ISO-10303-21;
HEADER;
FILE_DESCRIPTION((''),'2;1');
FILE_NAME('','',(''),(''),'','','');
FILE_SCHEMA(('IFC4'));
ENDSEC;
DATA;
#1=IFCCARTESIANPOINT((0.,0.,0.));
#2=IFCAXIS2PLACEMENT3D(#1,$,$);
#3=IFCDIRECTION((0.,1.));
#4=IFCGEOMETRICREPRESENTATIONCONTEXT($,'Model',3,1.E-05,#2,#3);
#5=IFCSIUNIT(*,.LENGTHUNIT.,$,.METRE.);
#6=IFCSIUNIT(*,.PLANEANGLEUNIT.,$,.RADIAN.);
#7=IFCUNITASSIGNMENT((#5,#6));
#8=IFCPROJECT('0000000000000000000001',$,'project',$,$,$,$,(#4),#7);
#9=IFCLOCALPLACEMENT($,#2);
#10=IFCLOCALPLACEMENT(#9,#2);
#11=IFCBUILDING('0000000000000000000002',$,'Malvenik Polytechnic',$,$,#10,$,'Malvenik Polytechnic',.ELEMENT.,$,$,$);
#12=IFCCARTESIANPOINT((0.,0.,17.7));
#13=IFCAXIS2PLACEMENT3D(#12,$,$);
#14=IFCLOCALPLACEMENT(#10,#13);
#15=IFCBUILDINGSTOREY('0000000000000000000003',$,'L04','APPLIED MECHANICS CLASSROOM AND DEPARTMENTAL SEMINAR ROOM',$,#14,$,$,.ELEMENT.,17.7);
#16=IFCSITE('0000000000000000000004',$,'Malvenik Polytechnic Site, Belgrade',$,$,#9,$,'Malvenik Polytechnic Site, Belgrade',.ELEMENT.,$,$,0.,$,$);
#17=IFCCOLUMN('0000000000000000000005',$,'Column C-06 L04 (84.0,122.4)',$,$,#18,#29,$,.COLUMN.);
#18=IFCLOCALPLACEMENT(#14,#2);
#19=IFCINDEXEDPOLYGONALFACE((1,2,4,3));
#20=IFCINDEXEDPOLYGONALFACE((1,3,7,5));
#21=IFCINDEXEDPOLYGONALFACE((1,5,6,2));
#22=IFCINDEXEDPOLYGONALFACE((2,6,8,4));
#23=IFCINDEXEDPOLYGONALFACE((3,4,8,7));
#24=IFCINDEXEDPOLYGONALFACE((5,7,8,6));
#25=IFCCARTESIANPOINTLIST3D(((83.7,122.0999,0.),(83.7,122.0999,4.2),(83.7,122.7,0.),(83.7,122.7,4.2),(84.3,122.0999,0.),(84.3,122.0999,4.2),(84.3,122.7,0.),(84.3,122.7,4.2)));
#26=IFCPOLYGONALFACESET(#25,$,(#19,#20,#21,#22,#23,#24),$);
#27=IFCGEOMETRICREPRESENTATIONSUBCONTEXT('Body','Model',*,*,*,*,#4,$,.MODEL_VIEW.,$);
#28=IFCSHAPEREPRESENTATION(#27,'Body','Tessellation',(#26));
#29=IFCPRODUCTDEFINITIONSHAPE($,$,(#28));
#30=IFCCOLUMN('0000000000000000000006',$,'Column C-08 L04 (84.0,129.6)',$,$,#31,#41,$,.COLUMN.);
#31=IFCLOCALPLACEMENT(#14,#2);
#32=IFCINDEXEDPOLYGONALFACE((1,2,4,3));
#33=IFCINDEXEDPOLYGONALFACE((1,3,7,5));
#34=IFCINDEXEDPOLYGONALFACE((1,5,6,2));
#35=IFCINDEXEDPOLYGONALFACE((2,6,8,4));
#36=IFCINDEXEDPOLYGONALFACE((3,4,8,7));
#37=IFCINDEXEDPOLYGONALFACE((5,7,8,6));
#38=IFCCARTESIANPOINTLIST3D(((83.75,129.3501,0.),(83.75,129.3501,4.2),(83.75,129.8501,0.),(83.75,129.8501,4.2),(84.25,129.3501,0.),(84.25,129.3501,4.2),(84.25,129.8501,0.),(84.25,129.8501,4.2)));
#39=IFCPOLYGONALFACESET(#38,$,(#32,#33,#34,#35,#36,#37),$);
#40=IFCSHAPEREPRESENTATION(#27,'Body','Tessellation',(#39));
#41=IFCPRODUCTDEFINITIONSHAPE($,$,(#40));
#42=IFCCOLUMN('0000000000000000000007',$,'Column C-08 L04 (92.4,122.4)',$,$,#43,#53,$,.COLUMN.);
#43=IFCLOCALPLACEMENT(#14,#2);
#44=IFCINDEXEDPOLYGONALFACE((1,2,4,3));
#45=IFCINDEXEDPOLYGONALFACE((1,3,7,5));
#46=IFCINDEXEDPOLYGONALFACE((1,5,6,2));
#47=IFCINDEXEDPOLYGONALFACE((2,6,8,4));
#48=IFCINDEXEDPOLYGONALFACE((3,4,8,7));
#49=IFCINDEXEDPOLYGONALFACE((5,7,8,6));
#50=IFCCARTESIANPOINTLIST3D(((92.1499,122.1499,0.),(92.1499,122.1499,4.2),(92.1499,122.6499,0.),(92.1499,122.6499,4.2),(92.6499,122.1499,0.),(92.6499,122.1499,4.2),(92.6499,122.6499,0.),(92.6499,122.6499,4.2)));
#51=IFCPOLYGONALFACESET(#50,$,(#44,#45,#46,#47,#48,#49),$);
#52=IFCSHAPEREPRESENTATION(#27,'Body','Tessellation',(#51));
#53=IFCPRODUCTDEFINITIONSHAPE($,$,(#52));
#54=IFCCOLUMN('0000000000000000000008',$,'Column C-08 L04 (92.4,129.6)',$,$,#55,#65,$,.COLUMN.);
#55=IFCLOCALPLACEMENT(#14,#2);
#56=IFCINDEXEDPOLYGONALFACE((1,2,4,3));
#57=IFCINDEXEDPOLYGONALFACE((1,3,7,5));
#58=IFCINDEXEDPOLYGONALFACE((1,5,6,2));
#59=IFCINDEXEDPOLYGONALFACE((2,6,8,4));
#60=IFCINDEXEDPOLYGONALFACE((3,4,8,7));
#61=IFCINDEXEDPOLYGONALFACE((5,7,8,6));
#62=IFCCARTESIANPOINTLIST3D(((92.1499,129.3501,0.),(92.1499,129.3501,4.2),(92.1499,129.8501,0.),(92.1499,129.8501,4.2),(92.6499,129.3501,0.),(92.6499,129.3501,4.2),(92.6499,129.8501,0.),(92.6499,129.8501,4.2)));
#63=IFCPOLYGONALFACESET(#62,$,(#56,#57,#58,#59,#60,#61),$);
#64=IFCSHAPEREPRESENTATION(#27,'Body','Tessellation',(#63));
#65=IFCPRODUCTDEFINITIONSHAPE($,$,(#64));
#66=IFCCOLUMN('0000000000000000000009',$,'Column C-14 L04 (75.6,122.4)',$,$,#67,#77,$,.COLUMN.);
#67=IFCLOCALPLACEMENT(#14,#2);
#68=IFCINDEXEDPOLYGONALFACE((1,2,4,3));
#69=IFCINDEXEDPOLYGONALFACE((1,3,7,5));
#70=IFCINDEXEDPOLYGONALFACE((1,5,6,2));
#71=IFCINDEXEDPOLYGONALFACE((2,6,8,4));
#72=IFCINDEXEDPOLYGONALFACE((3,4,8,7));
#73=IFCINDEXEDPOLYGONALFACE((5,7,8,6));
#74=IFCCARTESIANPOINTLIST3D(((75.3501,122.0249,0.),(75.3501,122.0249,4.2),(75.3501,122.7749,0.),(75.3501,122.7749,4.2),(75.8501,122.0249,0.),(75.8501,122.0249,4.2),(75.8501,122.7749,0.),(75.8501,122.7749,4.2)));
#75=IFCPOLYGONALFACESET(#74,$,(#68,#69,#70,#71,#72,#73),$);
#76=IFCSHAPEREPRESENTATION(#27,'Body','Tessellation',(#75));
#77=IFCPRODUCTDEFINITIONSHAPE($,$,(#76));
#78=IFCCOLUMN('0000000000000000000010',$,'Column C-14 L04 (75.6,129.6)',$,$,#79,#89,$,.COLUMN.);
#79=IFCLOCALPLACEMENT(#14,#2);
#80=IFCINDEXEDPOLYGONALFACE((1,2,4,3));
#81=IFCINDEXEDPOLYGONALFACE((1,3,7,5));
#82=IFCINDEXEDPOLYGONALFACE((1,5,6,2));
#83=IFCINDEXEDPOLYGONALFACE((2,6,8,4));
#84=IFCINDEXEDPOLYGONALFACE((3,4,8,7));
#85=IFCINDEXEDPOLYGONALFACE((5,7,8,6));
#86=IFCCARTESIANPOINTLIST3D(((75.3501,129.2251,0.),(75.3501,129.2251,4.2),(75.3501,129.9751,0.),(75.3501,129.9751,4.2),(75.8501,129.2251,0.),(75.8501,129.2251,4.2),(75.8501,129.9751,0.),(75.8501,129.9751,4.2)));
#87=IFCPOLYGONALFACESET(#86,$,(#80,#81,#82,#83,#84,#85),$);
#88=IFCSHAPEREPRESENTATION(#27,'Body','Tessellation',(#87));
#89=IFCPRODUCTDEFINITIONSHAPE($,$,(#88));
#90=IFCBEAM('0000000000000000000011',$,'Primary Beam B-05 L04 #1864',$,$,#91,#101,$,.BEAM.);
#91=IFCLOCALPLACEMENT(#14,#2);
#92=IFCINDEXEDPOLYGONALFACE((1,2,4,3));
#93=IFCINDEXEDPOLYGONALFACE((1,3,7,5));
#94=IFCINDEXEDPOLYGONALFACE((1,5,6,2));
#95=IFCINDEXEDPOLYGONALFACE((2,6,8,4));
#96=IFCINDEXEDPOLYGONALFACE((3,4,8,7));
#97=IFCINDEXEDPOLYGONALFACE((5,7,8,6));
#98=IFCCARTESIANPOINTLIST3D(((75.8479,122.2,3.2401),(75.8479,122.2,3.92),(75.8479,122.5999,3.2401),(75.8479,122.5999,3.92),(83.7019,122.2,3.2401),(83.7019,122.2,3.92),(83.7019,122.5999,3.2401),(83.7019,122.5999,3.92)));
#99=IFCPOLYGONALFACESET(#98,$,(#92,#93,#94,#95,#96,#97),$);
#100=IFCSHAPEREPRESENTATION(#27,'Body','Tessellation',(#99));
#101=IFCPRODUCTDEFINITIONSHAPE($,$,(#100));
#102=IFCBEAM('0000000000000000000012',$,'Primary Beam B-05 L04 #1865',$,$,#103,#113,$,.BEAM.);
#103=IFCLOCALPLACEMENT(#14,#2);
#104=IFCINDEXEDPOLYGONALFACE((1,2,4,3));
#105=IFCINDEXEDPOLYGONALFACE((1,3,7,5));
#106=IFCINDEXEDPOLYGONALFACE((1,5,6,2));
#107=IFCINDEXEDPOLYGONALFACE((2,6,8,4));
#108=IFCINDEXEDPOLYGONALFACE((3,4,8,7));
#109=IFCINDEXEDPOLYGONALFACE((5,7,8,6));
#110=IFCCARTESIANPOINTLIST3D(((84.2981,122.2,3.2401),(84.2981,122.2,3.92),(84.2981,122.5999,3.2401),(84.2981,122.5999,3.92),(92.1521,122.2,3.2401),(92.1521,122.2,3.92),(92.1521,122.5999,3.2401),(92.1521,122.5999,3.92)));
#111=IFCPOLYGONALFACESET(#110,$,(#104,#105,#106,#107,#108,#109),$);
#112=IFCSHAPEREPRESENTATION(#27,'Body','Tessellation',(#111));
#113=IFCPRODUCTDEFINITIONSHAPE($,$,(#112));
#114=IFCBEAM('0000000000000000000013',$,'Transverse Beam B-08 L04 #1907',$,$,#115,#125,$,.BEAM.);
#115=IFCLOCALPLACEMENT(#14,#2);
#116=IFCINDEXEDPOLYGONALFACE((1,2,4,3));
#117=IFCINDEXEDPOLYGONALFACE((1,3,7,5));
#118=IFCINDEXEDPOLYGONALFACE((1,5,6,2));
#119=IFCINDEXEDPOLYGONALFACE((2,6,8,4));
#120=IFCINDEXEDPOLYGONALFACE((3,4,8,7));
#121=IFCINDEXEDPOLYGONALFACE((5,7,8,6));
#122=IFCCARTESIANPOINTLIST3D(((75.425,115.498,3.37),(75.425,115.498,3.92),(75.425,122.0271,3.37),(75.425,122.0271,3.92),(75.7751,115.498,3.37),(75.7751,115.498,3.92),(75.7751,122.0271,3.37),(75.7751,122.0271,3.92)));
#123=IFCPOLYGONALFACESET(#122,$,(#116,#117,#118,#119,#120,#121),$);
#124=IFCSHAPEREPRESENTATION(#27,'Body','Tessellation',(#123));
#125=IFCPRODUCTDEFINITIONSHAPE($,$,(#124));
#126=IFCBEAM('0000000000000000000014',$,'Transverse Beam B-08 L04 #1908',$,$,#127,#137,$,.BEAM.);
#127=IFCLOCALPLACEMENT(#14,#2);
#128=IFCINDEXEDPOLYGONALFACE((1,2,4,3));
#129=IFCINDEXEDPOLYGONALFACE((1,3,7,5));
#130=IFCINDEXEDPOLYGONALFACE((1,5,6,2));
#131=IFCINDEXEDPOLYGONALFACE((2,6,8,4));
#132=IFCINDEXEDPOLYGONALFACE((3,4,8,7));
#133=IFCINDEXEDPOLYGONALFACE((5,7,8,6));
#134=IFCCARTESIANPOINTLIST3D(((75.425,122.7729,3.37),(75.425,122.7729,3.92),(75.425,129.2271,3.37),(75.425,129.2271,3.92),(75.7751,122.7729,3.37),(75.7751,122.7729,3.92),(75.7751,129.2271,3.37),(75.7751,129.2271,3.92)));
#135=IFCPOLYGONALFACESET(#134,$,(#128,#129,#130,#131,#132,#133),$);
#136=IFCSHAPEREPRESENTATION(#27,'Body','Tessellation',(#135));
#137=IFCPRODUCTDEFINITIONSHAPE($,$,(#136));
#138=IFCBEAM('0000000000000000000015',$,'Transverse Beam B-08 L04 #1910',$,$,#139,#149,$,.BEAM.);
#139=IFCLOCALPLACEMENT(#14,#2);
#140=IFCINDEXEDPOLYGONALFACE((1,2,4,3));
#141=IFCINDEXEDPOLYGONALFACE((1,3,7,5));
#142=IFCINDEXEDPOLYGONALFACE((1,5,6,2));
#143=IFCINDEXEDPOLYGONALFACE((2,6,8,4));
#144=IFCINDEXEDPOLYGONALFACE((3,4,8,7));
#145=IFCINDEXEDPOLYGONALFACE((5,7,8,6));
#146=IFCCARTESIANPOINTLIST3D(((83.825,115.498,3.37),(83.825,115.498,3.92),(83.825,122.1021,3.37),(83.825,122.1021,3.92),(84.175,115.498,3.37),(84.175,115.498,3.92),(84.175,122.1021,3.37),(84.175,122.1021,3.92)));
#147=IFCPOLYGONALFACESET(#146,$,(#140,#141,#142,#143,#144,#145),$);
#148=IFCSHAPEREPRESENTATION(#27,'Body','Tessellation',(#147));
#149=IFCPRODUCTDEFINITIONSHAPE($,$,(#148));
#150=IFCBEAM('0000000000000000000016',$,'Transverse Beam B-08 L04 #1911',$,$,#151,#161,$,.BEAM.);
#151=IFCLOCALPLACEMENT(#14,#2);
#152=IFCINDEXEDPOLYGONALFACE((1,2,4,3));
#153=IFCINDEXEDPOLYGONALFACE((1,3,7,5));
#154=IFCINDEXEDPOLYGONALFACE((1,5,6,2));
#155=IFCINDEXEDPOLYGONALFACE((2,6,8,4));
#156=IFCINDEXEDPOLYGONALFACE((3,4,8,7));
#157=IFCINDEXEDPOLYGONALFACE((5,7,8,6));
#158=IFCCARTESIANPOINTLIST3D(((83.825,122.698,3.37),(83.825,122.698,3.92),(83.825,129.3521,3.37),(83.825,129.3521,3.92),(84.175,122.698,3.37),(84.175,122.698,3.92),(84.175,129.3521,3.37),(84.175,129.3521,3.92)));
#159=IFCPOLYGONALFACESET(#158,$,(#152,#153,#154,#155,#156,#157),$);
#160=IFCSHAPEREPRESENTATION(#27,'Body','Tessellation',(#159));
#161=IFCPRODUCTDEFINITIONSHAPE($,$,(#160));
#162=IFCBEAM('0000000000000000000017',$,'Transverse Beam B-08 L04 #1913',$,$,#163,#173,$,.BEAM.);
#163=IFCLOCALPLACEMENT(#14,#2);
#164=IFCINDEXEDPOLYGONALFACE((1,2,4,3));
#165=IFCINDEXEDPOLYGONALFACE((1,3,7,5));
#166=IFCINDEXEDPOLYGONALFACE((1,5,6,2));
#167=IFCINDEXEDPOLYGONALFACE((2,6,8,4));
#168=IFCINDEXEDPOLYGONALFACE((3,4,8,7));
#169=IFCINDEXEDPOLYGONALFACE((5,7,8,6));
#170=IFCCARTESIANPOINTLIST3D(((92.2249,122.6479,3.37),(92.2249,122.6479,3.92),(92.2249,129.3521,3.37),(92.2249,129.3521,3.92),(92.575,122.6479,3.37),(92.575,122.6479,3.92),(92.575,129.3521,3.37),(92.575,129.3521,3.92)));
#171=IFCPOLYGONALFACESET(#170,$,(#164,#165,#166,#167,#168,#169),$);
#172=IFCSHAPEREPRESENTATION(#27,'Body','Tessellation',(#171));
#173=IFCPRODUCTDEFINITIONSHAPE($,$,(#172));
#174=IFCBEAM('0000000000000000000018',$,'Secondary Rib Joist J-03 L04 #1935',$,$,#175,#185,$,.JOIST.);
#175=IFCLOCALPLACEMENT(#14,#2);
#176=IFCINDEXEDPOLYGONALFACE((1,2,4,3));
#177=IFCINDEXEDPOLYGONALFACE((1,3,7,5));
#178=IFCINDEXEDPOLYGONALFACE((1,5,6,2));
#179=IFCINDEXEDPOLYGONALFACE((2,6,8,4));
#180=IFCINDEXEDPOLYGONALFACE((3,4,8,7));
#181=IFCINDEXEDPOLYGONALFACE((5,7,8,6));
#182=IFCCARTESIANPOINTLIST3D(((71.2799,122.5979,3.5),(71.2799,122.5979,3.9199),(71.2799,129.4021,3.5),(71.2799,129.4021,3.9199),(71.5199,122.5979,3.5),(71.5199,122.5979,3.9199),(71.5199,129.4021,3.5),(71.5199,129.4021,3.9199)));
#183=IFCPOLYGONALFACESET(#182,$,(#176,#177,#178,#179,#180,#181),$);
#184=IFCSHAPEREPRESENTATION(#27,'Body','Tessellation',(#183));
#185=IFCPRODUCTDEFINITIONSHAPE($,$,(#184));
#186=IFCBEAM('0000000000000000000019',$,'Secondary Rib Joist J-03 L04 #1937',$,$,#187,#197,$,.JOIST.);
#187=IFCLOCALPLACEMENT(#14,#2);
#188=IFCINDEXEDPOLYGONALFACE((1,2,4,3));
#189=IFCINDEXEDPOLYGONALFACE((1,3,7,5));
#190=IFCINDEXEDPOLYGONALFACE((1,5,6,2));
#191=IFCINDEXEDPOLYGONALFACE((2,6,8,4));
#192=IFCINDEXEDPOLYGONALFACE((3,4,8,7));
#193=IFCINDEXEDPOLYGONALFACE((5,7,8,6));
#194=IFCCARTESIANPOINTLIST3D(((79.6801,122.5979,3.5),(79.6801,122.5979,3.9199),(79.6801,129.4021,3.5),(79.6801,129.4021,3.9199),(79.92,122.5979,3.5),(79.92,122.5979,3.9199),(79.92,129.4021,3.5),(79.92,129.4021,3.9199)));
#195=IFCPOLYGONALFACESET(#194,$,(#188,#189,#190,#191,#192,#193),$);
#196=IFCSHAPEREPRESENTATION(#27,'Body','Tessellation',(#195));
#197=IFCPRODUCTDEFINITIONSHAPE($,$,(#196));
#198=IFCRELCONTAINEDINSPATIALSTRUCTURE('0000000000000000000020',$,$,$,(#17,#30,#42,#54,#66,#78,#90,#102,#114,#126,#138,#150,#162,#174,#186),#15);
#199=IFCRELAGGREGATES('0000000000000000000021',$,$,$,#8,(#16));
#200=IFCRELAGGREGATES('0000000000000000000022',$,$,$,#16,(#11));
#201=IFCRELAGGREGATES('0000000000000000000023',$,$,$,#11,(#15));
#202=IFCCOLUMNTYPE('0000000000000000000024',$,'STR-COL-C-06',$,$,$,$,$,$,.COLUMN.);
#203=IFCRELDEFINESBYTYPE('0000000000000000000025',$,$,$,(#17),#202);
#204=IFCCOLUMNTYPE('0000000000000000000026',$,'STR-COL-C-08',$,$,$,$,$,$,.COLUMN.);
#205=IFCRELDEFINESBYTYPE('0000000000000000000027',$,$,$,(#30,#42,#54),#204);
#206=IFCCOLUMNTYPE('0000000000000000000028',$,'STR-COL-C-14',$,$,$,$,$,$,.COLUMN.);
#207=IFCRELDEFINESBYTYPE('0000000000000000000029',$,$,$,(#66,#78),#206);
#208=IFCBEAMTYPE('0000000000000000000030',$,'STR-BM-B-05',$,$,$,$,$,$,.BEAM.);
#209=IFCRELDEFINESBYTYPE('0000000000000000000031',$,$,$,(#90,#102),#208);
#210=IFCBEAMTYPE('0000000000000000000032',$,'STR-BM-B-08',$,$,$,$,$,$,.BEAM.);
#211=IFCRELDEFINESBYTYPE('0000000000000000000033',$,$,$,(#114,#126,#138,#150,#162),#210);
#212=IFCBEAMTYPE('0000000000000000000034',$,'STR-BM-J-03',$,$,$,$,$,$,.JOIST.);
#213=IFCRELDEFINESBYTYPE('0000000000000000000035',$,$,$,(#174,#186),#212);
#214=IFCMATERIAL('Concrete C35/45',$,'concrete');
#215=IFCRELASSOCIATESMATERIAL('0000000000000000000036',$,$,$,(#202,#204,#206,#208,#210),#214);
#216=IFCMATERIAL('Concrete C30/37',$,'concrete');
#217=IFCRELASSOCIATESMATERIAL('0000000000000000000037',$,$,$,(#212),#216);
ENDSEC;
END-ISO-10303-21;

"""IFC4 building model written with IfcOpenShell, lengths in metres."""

from ifc_helpers import new_model, si_unit, direction, frame, origin, origin_2d, place, context, subcontext, project, spatial, rectangle, extrude, material, material_profile, profile_set, type_object, element, save


model = new_model("IFC4")

# Units and contexts
model_context = context("Model", 3, precision=1e-05, world=origin(), true_north=direction((0.0, 1.0)))
body_context = subcontext(model_context, "Body", "Model", "MODEL_VIEW")
ifc_project = project(units=[si_unit("LENGTHUNIT", "METRE"), si_unit("PLANEANGLEUNIT", "RADIAN")], contexts=[model_context])

# Site, building, storey
site_placement = place(None, origin())
site = spatial("IfcSite", under=ifc_project, at=site_placement, Name="Malvenik Polytechnic Site, Belgrade", LongName="Malvenik Polytechnic Site, Belgrade", CompositionType="ELEMENT", RefElevation=0.0)
building_placement = place(site_placement, origin())
building = spatial("IfcBuilding", under=site, at=building_placement, Name="Malvenik Polytechnic", LongName="Malvenik Polytechnic", CompositionType="ELEMENT")
storey_placement = place(building_placement, frame((0.0, 0.0, 17.7)))
storey = spatial("IfcBuildingStorey", under=building, at=storey_placement, Name="L04", Description="APPLIED MECHANICS CLASSROOM AND DEPARTMENTAL SEMINAR ROOM", CompositionType="ELEMENT", Elevation=17.7)

# Columns
ifc_material_1 = material(Name="Concrete C35/45", Category="concrete")
ifc_material_profile_1 = material_profile(ifc_material_1, rectangle(XDim=0.6001, YDim=0.6001, at=origin_2d()), Name="RC COL 600x600")
ifc_profile_set_1 = profile_set([ifc_material_profile_1], Name="Concrete C35/45")
column_type_1 = type_object("IfcColumnType", Name="STR-COL-C-06", PredefinedType="COLUMN", material=ifc_profile_set_1)
column_placement = place(storey_placement, frame((84.0, 122.3999, 0.0), z_axis=(0.0, 0.0, 1.0), x_axis=(1.0, 0.0, 0.0)))
element("IfcColumn", 1, at=column_placement, inside=storey, type_object=column_type_1, Name="Column C-06 L04 (84.0,122.4)", PredefinedType="COLUMN", context=body_context, shape_type="SweptSolid", body=[
    extrude(rectangle(XDim=0.6001, YDim=0.6001, at=origin_2d()), origin(), (0.0, 0.0, 1.0), 4.2),
])
ifc_material_profile_2 = material_profile(ifc_material_1, rectangle(XDim=0.5, YDim=0.5, at=origin_2d()), Name="RC COL 500x500")
ifc_profile_set_2 = profile_set([ifc_material_profile_2], Name="Concrete C35/45")
column_type_2 = type_object("IfcColumnType", Name="STR-COL-C-08", PredefinedType="COLUMN", material=ifc_profile_set_2)
for number, where, z_axis, x_axis, name in (
    (2, (84.0, 129.6001, 0.0), (0.0, 0.0, 1.0), (1.0, 0.0, 0.0), "Column C-08 L04 (84.0,129.6)"),
    (3, (92.3999, 122.3999, 0.0), (0.0, 0.0, 1.0), (1.0, 0.0, 0.0), "Column C-08 L04 (92.4,122.4)"),
    (4, (92.3999, 129.6001, 0.0), (0.0, 0.0, 1.0), (1.0, 0.0, 0.0), "Column C-08 L04 (92.4,129.6)"),
):
    element("IfcColumn", number, at=place(storey_placement, frame(where, z_axis=z_axis, x_axis=x_axis)), inside=storey, type_object=column_type_2, Name=name, PredefinedType="COLUMN", context=body_context, shape_type="SweptSolid", body=[
        extrude(rectangle(XDim=0.5, YDim=0.5, at=origin_2d()), origin(), (0.0, 0.0, 1.0), 4.2),
    ])
ifc_material_profile_3 = material_profile(ifc_material_1, rectangle(XDim=0.5, YDim=0.75, at=origin_2d()), Name="RC COL 750x500")
ifc_profile_set_3 = profile_set([ifc_material_profile_3], Name="Concrete C35/45")
column_type_3 = type_object("IfcColumnType", Name="STR-COL-C-14", PredefinedType="COLUMN", material=ifc_profile_set_3)
for number, where, z_axis, x_axis, name in (
    (5, (75.6001, 122.3999, 0.0), (0.0, 0.0, 1.0), (1.0, 0.0, 0.0), "Column C-14 L04 (75.6,122.4)"),
    (6, (75.6001, 129.6001, 0.0), (0.0, 0.0, 1.0), (1.0, 0.0, 0.0), "Column C-14 L04 (75.6,129.6)"),
):
    element("IfcColumn", number, at=place(storey_placement, frame(where, z_axis=z_axis, x_axis=x_axis)), inside=storey, type_object=column_type_3, Name=name, PredefinedType="COLUMN", context=body_context, shape_type="SweptSolid", body=[
        extrude(rectangle(XDim=0.5, YDim=0.75, at=origin_2d()), origin(), (0.0, 0.0, 1.0), 4.2),
    ])

# Beams
ifc_material_profile_4 = material_profile(ifc_material_1, rectangle(XDim=0.3999, YDim=0.6799, at=origin_2d()), Name="RC BM 400x680")
ifc_profile_set_4 = profile_set([ifc_material_profile_4], Name="Concrete C35/45")
beam_type_1 = type_object("IfcBeamType", Name="STR-BM-B-05", PredefinedType="BEAM", material=ifc_profile_set_4)
for number, where, z_axis, x_axis, name in (
    (7, (75.8479, 122.3999, 3.5801), (1.0, 0.0, 0.0), (0.0, 1.0, 0.0), "Primary Beam B-05 L04 #1864"),
    (8, (84.2981, 122.3999, 3.5801), (1.0, 0.0, 0.0), (0.0, 1.0, 0.0), "Primary Beam B-05 L04 #1865"),
):
    element("IfcBeam", number, at=place(storey_placement, frame(where, z_axis=z_axis, x_axis=x_axis)), inside=storey, type_object=beam_type_1, Name=name, PredefinedType="BEAM", context=body_context, shape_type="SweptSolid", body=[
        extrude(rectangle(XDim=0.3999, YDim=0.6799, at=origin_2d()), origin(), (0.0, 0.0, 1.0), 7.854),
    ])
ifc_material_profile_5 = material_profile(ifc_material_1, rectangle(XDim=0.3501, YDim=0.55, at=origin_2d()), Name="RC BM 350x550")
ifc_profile_set_5 = profile_set([ifc_material_profile_5], Name="Concrete C35/45")
beam_type_2 = type_object("IfcBeamType", Name="STR-BM-B-08", PredefinedType="BEAM", material=ifc_profile_set_5)
beam_1_placement = place(storey_placement, frame((75.6001, 115.498, 3.645), z_axis=(0.0, 1.0, 0.0), x_axis=(-1.0, 0.0, 0.0)))
element("IfcBeam", 9, at=beam_1_placement, inside=storey, type_object=beam_type_2, Name="Transverse Beam B-08 L04 #1907", PredefinedType="BEAM", context=body_context, shape_type="SweptSolid", body=[
    extrude(rectangle(XDim=0.3501, YDim=0.55, at=origin_2d()), origin(), (0.0, 0.0, 1.0), 6.5291),
])
beam_2_placement = place(storey_placement, frame((75.6001, 122.7729, 3.645), z_axis=(0.0, 1.0, 0.0), x_axis=(-1.0, 0.0, 0.0)))
element("IfcBeam", 10, at=beam_2_placement, inside=storey, type_object=beam_type_2, Name="Transverse Beam B-08 L04 #1908", PredefinedType="BEAM", context=body_context, shape_type="SweptSolid", body=[
    extrude(rectangle(XDim=0.3501, YDim=0.55, at=origin_2d()), origin(), (0.0, 0.0, 1.0), 6.4541),
])
beam_3_placement = place(storey_placement, frame((84.0, 115.498, 3.645), z_axis=(0.0, 1.0, 0.0), x_axis=(-1.0, 0.0, 0.0)))
element("IfcBeam", 11, at=beam_3_placement, inside=storey, type_object=beam_type_2, Name="Transverse Beam B-08 L04 #1910", PredefinedType="BEAM", context=body_context, shape_type="SweptSolid", body=[
    extrude(rectangle(XDim=0.3501, YDim=0.55, at=origin_2d()), origin(), (0.0, 0.0, 1.0), 6.604),
])
beam_4_placement = place(storey_placement, frame((84.0, 122.698, 3.645), z_axis=(0.0, 1.0, 0.0), x_axis=(-1.0, 0.0, 0.0)))
element("IfcBeam", 12, at=beam_4_placement, inside=storey, type_object=beam_type_2, Name="Transverse Beam B-08 L04 #1911", PredefinedType="BEAM", context=body_context, shape_type="SweptSolid", body=[
    extrude(rectangle(XDim=0.3501, YDim=0.55, at=origin_2d()), origin(), (0.0, 0.0, 1.0), 6.6541),
])
beam_5_placement = place(storey_placement, frame((92.3999, 122.6479, 3.645), z_axis=(0.0, 1.0, 0.0), x_axis=(-1.0, 0.0, 0.0)))
element("IfcBeam", 13, at=beam_5_placement, inside=storey, type_object=beam_type_2, Name="Transverse Beam B-08 L04 #1913", PredefinedType="BEAM", context=body_context, shape_type="SweptSolid", body=[
    extrude(rectangle(XDim=0.3501, YDim=0.55, at=origin_2d()), origin(), (0.0, 0.0, 1.0), 6.7041),
])
ifc_material_2 = material(Name="Concrete C30/37", Category="concrete")
ifc_material_profile_6 = material_profile(ifc_material_2, rectangle(XDim=0.24, YDim=0.4199, at=origin_2d()), Name="RC JST 240x420")
ifc_profile_set_6 = profile_set([ifc_material_profile_6], Name="Concrete C30/37")
beam_type_3 = type_object("IfcBeamType", Name="STR-BM-J-03", PredefinedType="JOIST", material=ifc_profile_set_6)
for number, where, z_axis, x_axis, name in (
    (14, (71.3999, 122.5979, 3.71), (0.0, 1.0, 0.0), (-1.0, 0.0, 0.0), "Secondary Rib Joist J-03 L04 #1935"),
    (15, (79.8, 122.5979, 3.71), (0.0, 1.0, 0.0), (-1.0, 0.0, 0.0), "Secondary Rib Joist J-03 L04 #1937"),
):
    element("IfcBeam", number, at=place(storey_placement, frame(where, z_axis=z_axis, x_axis=x_axis)), inside=storey, type_object=beam_type_3, Name=name, PredefinedType="JOIST", context=body_context, shape_type="SweptSolid", body=[
        extrude(rectangle(XDim=0.24, YDim=0.4199, at=origin_2d()), origin(), (0.0, 0.0, 1.0), 6.8042),
    ])

save(model, "model.ifc")
